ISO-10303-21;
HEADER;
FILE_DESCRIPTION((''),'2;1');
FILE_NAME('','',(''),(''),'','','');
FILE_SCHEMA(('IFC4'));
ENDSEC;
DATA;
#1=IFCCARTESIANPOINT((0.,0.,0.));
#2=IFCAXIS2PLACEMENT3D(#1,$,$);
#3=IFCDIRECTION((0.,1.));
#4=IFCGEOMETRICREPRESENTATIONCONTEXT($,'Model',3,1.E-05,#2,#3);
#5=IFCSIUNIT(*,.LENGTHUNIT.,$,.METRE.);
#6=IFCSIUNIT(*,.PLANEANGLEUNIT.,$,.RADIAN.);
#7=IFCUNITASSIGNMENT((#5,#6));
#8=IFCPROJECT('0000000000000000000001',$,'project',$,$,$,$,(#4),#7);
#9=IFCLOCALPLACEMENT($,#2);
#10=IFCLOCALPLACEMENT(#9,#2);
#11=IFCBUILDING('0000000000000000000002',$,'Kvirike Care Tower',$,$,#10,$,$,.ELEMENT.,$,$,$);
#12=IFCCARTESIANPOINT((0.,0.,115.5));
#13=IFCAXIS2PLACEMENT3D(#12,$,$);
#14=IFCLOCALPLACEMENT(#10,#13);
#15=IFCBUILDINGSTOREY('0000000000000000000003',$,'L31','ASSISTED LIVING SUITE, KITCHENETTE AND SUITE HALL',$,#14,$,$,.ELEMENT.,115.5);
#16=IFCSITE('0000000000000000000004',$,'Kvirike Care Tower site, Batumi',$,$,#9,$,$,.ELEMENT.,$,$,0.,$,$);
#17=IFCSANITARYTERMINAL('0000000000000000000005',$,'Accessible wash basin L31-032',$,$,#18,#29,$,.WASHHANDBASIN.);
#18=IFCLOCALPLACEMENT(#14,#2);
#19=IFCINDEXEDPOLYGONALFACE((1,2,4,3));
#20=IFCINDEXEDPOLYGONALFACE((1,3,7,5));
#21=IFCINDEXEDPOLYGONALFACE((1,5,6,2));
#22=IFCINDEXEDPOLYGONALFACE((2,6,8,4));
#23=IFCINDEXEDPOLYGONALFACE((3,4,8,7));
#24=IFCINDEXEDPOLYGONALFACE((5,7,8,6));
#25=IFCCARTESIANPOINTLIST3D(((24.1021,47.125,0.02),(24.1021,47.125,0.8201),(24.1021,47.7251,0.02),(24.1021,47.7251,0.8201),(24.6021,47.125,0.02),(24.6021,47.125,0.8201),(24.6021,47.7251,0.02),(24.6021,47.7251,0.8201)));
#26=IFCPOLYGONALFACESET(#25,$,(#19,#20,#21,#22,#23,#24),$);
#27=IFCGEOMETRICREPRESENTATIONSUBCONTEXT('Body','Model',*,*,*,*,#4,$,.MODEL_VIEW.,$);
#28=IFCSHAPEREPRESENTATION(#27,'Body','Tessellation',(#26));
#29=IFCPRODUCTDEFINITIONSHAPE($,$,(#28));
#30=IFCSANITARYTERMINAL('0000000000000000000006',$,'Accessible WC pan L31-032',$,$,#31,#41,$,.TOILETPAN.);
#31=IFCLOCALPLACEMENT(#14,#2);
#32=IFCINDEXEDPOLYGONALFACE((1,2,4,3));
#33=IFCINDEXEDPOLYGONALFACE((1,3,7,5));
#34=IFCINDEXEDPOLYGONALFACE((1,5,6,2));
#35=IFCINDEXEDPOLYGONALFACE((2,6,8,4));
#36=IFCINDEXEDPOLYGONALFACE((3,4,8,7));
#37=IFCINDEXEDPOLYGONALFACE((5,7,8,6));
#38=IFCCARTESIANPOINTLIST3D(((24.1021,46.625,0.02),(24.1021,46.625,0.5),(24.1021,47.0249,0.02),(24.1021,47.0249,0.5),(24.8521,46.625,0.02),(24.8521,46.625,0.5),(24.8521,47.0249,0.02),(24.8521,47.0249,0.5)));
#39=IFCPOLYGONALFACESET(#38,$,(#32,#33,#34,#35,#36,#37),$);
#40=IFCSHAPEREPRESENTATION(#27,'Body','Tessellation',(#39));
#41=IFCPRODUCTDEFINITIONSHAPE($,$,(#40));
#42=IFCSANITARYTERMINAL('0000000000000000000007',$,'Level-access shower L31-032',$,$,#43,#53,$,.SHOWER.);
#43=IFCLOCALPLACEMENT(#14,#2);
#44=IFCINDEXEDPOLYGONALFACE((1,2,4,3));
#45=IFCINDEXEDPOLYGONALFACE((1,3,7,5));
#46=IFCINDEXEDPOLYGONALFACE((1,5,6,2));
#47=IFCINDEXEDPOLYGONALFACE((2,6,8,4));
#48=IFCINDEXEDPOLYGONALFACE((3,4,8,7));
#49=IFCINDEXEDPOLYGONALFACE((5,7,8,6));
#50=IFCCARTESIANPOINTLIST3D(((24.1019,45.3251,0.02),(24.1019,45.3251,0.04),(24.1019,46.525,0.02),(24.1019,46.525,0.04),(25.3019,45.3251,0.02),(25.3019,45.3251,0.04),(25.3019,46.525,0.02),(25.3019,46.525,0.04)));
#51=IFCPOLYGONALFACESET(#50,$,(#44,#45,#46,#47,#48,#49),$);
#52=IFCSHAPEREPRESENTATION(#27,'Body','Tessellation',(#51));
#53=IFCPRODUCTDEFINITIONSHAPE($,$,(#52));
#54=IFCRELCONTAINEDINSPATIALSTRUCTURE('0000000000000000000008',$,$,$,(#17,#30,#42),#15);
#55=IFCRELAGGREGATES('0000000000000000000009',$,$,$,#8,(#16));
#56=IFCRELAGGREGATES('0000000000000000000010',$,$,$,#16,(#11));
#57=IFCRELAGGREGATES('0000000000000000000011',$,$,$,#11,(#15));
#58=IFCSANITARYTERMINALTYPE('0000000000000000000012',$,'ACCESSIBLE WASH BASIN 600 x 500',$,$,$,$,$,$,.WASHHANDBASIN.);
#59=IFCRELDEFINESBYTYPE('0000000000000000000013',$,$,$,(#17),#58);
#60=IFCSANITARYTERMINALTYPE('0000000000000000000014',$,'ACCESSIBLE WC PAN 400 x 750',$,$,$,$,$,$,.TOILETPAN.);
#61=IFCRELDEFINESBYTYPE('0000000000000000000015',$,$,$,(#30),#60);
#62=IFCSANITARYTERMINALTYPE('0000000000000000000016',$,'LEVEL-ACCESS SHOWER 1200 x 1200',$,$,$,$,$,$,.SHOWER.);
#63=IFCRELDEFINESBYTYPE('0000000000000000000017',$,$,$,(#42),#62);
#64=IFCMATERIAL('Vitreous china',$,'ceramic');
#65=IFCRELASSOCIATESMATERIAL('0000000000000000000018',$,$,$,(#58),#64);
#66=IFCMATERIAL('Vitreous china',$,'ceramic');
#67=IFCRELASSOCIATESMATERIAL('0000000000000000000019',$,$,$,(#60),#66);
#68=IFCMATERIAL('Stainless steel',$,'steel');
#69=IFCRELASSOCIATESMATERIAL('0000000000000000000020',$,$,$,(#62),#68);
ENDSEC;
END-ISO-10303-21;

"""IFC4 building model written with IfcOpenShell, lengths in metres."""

from ifc_helpers import new_model, si_unit, direction, frame, origin, origin_2d, place, context, subcontext, project, spatial, rectangle, extrude, material, type_object, element, save


model = new_model("IFC4")

# Units and contexts
model_context = context("Model", 3, precision=1e-05, world=origin(), true_north=direction((0.0, 1.0)))
body_context = subcontext(model_context, "Body", "Model", "MODEL_VIEW")
ifc_project = project(units=[si_unit("LENGTHUNIT", "METRE"), si_unit("PLANEANGLEUNIT", "RADIAN")], contexts=[model_context])

# Site, building, storey
site_placement = place(None, origin())
site = spatial("IfcSite", under=ifc_project, at=site_placement, Name="Kvirike Care Tower site, Batumi", CompositionType="ELEMENT", RefElevation=0.0)
building_placement = place(site_placement, origin())
building = spatial("IfcBuilding", under=site, at=building_placement, Name="Kvirike Care Tower", CompositionType="ELEMENT")
storey_placement = place(building_placement, frame((0.0, 0.0, 115.5)))
storey = spatial("IfcBuildingStorey", under=building, at=storey_placement, Name="L31", Description="ASSISTED LIVING SUITE, KITCHENETTE AND SUITE HALL", CompositionType="ELEMENT", Elevation=115.5)

# Sanitary terminals
ifc_material_1 = material(Name="Vitreous china", Category="ceramic")
sanitary_terminal_type_1 = type_object("IfcSanitaryTerminalType", Name="ACCESSIBLE WASH BASIN 600 x 500", PredefinedType="WASHHANDBASIN", material=ifc_material_1)
sanitary_terminal_1_placement = place(storey_placement, frame((24.3521, 47.425, 0.02), z_axis=(0.0, 0.0, 1.0), x_axis=(0.0, 1.0, 0.0)))
element("IfcSanitaryTerminal", 1, at=sanitary_terminal_1_placement, inside=storey, type_object=sanitary_terminal_type_1, Name="Accessible wash basin L31-032", PredefinedType="WASHHANDBASIN", context=body_context, shape_type="SweptSolid", body=[
    extrude(rectangle(XDim=0.6001, YDim=0.5, at=origin_2d()), origin(), (0.0, 0.0, 1.0), 0.8),
])
ifc_material_2 = material(Name="Vitreous china", Category="ceramic")
sanitary_terminal_type_2 = type_object("IfcSanitaryTerminalType", Name="ACCESSIBLE WC PAN 400 x 750", PredefinedType="TOILETPAN", material=ifc_material_2)
sanitary_terminal_2_placement = place(storey_placement, frame((24.4771, 46.825, 0.02), z_axis=(0.0, 0.0, 1.0), x_axis=(0.0, 1.0, 0.0)))
element("IfcSanitaryTerminal", 2, at=sanitary_terminal_2_placement, inside=storey, type_object=sanitary_terminal_type_2, Name="Accessible WC pan L31-032", PredefinedType="TOILETPAN", context=body_context, shape_type="SweptSolid", body=[
    extrude(rectangle(XDim=0.3999, YDim=0.75, at=origin_2d()), origin(), (0.0, 0.0, 1.0), 0.48),
])
ifc_material_3 = material(Name="Stainless steel", Category="steel")
sanitary_terminal_type_3 = type_object("IfcSanitaryTerminalType", Name="LEVEL-ACCESS SHOWER 1200 x 1200", PredefinedType="SHOWER", material=ifc_material_3)
sanitary_terminal_3_placement = place(storey_placement, frame((24.7019, 45.925, 0.02), z_axis=(0.0, 0.0, 1.0), x_axis=(0.0, 1.0, 0.0)))
element("IfcSanitaryTerminal", 3, at=sanitary_terminal_3_placement, inside=storey, type_object=sanitary_terminal_type_3, Name="Level-access shower L31-032", PredefinedType="SHOWER", context=body_context, shape_type="SweptSolid", body=[
    extrude(rectangle(XDim=1.2, YDim=1.2, at=origin_2d()), origin(), (0.0, 0.0, 1.0), 0.02),
])

save(model, "model.ifc")
